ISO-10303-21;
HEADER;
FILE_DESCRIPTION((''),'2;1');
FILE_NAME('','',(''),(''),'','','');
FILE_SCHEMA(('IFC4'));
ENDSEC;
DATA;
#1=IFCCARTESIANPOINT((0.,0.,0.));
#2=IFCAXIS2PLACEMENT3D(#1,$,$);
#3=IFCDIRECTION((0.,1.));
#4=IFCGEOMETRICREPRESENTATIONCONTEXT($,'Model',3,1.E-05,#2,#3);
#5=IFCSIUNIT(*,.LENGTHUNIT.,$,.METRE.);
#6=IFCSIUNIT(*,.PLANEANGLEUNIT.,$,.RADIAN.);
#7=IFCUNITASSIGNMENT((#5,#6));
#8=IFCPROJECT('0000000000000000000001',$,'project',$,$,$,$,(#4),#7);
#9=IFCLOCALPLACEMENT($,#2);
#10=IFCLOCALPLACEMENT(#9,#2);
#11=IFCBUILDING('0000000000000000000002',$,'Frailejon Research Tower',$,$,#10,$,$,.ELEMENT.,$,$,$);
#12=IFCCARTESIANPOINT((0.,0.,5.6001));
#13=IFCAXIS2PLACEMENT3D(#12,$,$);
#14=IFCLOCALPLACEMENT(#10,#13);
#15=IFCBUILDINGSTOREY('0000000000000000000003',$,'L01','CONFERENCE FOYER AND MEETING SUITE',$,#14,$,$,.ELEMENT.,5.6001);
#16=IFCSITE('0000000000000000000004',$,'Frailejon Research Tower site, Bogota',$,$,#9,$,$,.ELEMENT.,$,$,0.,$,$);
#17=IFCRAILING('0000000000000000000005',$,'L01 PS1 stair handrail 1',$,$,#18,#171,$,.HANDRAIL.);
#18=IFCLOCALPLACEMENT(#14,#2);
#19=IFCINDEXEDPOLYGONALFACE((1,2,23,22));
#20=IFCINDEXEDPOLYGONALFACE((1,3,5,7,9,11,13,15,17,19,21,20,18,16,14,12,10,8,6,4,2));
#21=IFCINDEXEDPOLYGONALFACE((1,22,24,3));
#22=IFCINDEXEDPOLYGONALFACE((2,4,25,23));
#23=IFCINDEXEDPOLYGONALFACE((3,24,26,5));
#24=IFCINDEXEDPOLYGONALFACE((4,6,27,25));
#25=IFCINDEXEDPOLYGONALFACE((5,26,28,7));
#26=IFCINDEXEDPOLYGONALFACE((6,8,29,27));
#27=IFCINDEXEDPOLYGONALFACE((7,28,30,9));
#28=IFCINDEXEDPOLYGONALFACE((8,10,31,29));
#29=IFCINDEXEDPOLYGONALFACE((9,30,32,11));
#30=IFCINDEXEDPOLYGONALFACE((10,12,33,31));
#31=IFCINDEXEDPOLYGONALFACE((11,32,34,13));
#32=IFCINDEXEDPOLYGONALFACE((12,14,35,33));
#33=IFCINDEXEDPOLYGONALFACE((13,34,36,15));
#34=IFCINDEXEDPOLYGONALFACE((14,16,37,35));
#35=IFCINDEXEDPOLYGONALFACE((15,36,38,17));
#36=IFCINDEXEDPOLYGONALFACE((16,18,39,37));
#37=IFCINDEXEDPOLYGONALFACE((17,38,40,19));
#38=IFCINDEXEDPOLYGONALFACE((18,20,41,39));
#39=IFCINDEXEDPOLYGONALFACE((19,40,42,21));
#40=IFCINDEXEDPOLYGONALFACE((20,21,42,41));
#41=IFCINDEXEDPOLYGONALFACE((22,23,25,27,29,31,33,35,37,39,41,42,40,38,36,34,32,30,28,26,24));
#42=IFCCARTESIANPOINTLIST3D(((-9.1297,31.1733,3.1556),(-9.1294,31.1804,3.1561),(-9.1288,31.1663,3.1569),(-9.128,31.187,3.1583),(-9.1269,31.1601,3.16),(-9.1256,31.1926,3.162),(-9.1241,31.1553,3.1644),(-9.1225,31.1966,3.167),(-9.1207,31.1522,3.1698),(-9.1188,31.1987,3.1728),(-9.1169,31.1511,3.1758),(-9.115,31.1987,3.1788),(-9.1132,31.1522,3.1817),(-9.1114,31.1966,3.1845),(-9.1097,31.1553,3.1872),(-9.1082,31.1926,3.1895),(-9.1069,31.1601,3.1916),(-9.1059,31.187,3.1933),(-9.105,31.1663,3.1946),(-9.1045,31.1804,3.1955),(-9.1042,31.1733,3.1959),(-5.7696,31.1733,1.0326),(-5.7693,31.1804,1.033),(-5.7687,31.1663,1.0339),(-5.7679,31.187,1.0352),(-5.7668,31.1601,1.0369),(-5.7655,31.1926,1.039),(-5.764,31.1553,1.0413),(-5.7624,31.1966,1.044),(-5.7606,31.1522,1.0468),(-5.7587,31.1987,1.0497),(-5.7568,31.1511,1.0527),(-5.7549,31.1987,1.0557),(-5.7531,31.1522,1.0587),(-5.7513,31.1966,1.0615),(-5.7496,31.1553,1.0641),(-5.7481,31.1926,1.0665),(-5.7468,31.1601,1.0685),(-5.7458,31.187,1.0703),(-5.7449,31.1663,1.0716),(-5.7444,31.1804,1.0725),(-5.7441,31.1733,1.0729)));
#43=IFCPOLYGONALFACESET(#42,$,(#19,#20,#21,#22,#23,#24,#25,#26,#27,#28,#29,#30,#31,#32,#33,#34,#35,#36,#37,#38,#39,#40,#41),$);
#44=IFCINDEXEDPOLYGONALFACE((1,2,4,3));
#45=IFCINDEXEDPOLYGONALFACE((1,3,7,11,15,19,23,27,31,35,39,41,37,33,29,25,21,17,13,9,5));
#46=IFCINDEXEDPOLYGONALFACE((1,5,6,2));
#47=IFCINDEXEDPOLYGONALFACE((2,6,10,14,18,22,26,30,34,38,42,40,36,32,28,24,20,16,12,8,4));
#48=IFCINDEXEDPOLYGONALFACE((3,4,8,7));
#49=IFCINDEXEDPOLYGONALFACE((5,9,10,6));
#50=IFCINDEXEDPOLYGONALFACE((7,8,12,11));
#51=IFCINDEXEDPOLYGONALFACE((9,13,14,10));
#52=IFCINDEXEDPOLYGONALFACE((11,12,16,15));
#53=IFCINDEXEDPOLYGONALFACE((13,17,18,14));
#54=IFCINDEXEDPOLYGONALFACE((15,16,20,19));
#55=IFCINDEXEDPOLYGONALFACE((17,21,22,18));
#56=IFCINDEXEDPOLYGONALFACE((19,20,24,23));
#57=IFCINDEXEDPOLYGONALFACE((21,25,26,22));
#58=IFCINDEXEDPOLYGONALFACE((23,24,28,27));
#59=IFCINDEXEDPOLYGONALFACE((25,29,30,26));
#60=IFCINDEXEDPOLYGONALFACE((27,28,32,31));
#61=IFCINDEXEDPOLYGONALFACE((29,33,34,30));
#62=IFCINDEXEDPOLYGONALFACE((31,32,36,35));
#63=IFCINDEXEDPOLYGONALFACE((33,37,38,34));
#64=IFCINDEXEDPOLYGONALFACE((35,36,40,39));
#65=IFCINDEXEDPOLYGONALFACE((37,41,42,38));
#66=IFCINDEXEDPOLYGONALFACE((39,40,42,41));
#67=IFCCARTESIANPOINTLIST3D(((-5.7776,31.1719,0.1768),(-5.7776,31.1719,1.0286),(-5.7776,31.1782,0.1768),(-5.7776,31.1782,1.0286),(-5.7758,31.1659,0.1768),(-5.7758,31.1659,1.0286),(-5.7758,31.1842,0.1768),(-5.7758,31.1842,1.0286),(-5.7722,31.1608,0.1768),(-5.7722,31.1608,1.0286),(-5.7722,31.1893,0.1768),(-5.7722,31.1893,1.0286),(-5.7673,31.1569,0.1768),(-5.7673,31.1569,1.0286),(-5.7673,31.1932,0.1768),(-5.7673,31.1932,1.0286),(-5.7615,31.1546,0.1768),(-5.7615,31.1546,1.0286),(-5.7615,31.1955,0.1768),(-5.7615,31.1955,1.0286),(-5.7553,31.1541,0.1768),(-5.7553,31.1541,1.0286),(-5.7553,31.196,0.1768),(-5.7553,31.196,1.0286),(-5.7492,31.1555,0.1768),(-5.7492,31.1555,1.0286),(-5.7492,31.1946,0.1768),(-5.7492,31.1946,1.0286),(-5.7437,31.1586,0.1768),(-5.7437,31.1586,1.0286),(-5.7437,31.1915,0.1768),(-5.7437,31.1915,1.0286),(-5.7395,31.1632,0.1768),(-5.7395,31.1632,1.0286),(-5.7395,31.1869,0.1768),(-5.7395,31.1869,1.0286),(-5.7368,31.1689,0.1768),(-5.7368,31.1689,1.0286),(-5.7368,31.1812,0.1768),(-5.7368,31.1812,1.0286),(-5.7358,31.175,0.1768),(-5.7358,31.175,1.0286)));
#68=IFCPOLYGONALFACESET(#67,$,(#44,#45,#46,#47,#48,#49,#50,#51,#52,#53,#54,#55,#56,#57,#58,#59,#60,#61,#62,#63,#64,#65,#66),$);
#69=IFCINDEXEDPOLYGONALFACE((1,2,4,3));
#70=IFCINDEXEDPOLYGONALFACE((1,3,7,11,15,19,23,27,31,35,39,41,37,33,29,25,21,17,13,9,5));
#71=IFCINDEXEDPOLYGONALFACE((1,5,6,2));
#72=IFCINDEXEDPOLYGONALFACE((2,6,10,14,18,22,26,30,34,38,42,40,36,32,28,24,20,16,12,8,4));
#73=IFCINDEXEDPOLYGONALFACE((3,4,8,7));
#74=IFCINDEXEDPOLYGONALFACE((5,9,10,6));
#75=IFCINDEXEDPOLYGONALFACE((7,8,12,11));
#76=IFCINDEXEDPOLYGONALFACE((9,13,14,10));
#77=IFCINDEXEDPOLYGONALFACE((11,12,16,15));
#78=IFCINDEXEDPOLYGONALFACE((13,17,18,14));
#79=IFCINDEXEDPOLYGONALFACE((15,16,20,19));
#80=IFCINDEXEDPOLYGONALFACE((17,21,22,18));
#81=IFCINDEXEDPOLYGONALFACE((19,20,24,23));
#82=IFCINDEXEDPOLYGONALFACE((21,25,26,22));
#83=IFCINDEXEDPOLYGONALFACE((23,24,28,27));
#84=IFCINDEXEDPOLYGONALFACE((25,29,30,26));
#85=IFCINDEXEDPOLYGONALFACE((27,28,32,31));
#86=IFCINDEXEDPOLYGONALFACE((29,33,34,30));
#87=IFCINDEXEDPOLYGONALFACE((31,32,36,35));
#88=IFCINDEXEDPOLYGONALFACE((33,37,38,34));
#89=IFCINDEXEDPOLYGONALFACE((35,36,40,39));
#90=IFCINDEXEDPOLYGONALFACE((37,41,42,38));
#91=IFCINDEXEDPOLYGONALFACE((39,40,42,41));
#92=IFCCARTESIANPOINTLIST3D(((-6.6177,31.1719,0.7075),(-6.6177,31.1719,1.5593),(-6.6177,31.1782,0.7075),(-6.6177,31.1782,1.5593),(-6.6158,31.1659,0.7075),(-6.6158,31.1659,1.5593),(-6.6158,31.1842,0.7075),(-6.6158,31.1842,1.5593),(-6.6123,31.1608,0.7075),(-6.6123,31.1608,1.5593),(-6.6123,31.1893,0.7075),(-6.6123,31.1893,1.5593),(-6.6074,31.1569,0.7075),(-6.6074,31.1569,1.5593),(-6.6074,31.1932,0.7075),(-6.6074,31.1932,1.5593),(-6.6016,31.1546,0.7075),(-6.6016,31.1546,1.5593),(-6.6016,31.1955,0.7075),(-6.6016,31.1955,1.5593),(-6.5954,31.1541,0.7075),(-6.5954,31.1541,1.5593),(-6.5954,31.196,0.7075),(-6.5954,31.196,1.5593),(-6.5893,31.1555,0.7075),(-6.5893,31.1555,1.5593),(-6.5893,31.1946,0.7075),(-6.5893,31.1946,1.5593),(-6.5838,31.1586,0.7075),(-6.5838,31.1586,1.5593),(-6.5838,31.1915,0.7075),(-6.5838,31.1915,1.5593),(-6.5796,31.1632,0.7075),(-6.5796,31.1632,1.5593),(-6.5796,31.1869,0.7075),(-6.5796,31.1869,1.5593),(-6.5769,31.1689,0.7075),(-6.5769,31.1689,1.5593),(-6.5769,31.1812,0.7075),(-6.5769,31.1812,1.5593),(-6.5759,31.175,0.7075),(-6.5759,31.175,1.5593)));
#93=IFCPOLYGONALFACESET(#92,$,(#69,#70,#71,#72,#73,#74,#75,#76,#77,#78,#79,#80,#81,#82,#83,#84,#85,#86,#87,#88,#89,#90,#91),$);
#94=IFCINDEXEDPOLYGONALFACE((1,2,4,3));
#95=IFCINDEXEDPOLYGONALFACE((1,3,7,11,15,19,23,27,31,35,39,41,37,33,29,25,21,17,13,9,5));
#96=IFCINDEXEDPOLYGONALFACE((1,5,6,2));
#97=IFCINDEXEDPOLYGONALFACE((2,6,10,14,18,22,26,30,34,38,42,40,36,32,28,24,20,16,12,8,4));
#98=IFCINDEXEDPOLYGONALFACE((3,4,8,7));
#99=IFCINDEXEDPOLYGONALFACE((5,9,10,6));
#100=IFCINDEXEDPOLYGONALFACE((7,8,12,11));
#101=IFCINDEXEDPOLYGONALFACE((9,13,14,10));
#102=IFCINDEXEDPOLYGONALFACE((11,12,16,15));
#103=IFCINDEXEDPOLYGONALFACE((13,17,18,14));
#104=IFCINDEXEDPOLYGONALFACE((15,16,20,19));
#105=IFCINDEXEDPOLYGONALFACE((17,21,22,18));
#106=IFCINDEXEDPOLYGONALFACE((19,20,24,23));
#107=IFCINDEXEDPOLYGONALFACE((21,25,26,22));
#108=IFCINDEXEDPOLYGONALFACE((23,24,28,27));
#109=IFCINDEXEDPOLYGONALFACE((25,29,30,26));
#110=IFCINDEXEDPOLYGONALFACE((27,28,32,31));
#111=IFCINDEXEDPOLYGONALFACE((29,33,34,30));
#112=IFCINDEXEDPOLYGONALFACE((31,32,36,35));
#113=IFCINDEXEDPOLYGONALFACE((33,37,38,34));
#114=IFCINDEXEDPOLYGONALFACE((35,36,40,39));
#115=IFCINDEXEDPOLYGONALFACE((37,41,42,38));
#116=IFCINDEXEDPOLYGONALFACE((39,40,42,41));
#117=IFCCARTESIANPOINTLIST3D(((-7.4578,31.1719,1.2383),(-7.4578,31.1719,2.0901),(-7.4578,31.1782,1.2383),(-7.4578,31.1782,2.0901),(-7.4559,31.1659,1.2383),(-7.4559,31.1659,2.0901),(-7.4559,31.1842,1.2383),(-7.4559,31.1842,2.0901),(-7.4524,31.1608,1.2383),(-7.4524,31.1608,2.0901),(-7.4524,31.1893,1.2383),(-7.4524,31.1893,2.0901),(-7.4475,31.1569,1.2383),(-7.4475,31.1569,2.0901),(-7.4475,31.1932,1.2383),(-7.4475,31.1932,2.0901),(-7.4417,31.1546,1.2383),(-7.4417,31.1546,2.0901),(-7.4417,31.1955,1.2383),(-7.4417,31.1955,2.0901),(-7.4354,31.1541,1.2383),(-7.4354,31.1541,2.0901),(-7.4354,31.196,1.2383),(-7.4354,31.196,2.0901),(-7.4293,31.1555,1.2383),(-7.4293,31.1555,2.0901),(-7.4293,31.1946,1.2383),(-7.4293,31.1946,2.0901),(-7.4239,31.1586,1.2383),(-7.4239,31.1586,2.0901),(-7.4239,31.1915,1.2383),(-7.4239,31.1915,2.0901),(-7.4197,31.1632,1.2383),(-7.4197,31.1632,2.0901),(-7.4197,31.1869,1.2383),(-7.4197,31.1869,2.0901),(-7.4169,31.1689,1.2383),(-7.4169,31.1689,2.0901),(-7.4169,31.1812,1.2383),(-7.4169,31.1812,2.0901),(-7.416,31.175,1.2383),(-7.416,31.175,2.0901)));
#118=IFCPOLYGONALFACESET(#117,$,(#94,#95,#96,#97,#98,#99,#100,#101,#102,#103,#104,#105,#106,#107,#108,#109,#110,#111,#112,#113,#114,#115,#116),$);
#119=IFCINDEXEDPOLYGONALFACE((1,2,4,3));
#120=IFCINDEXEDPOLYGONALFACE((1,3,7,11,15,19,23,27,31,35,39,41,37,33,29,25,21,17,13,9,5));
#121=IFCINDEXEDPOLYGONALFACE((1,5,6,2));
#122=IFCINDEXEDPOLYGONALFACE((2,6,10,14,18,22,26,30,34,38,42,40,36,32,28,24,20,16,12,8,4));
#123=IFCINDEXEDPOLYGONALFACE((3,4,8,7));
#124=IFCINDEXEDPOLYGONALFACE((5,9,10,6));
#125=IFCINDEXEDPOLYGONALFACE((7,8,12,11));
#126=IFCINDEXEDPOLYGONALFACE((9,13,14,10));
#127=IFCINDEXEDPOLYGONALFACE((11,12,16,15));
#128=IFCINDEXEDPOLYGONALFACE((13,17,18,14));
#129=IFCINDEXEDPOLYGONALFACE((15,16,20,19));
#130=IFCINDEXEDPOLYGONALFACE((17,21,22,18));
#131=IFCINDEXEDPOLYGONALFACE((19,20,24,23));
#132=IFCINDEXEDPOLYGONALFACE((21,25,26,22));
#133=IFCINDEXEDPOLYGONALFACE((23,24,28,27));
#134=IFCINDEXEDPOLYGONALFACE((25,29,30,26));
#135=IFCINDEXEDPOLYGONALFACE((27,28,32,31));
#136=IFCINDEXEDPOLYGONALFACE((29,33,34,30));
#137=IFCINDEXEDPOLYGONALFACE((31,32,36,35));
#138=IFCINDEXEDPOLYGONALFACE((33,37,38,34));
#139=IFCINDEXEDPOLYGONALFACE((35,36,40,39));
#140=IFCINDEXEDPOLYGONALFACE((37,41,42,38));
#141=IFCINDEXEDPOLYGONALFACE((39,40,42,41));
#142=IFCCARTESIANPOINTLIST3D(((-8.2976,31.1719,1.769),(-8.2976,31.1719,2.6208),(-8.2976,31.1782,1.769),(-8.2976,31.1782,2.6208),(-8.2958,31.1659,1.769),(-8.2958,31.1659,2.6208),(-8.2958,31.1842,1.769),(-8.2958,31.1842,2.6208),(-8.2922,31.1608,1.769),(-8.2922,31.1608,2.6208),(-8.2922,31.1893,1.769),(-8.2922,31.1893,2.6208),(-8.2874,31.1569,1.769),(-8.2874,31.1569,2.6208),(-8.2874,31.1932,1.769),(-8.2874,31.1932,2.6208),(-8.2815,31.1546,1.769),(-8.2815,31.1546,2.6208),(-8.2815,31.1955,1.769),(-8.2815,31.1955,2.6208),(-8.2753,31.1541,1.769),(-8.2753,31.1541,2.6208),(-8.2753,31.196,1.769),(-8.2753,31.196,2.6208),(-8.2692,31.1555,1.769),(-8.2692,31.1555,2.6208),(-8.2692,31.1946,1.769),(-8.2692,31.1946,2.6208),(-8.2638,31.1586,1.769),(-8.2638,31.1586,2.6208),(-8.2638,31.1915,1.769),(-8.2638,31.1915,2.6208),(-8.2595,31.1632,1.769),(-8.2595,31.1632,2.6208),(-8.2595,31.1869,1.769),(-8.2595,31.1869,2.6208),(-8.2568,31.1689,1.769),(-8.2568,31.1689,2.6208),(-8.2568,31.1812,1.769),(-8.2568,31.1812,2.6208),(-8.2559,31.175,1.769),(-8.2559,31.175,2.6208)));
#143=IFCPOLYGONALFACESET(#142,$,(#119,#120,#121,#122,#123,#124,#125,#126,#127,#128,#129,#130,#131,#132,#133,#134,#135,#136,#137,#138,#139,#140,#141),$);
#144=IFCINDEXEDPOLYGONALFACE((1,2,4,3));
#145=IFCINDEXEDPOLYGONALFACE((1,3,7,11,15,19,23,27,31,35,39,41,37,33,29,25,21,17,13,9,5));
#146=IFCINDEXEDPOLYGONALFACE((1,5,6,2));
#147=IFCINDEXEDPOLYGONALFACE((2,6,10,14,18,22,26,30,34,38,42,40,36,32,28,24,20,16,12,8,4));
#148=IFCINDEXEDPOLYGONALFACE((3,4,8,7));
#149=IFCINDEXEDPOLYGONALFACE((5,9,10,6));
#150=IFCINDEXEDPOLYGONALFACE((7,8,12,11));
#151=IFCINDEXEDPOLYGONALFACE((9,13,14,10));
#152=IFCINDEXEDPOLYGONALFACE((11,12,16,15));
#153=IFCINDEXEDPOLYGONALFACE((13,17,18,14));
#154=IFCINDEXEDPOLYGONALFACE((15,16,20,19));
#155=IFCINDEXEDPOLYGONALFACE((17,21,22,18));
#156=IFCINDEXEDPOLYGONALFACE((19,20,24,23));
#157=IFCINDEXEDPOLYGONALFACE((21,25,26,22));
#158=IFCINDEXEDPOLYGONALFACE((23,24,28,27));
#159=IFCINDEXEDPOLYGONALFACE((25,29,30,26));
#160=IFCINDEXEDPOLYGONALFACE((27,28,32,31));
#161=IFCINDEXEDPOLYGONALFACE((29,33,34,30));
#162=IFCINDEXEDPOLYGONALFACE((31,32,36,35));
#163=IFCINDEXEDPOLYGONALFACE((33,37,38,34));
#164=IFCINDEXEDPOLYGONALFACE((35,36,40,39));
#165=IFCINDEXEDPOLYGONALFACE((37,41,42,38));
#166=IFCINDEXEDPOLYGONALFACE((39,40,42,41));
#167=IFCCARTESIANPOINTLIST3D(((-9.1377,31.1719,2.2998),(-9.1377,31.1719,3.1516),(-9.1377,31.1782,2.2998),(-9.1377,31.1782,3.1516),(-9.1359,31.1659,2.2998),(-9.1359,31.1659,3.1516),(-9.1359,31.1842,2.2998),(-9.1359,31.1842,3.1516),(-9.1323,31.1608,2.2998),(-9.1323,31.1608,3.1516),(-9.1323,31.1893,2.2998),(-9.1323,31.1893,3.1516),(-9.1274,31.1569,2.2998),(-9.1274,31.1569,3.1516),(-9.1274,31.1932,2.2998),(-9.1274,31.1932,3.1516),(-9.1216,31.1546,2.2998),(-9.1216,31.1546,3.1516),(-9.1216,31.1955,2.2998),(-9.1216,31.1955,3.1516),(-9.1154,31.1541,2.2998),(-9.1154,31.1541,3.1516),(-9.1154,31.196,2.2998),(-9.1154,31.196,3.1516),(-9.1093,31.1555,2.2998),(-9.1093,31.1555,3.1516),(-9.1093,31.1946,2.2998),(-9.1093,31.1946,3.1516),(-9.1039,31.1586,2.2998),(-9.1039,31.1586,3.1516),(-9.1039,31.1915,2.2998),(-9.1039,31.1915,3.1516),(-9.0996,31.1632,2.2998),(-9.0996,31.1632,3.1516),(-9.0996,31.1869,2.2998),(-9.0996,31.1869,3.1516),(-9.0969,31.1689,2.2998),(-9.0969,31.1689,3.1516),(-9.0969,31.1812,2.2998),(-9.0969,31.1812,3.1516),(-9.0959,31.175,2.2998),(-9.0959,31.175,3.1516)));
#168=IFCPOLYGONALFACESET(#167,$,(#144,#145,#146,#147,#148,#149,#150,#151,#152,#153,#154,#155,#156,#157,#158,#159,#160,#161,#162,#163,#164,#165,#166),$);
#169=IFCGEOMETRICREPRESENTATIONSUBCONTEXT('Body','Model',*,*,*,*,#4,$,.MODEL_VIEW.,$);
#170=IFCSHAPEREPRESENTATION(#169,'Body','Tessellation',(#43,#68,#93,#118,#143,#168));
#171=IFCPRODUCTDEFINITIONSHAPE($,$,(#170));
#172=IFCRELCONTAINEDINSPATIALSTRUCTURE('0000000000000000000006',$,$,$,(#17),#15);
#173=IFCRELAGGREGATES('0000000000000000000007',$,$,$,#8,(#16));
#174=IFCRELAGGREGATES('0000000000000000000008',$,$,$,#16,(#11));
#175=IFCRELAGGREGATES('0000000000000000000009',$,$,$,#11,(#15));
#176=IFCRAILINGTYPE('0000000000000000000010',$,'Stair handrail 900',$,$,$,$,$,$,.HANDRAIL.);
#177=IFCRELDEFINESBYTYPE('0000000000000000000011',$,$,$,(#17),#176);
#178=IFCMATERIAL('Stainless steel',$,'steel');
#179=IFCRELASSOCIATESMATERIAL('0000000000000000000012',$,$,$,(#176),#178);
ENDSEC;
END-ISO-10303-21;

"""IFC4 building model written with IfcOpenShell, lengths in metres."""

from ifc_helpers import new_model, si_unit, direction, frame, origin, origin_2d, place, context, subcontext, project, spatial, circle, extrude, material, type_object, element, save


model = new_model("IFC4")

# Units and contexts
model_context = context("Model", 3, precision=1e-05, world=origin(), true_north=direction((0.0, 1.0)))
body_context = subcontext(model_context, "Body", "Model", "MODEL_VIEW")
ifc_project = project(units=[si_unit("LENGTHUNIT", "METRE"), si_unit("PLANEANGLEUNIT", "RADIAN")], contexts=[model_context])

# Site, building, storey
site_placement = place(None, origin())
site = spatial("IfcSite", under=ifc_project, at=site_placement, Name="Frailejon Research Tower site, Bogota", CompositionType="ELEMENT", RefElevation=0.0)
building_placement = place(site_placement, origin())
building = spatial("IfcBuilding", under=site, at=building_placement, Name="Frailejon Research Tower", CompositionType="ELEMENT")
storey_placement = place(building_placement, frame((0.0, 0.0, 5.6001)))
storey = spatial("IfcBuildingStorey", under=building, at=storey_placement, Name="L01", Description="CONFERENCE FOYER AND MEETING SUITE", CompositionType="ELEMENT", Elevation=5.6001)

# Railing
ifc_material_1 = material(Name="Stainless steel", Category="steel")
railing_type_1 = type_object("IfcRailingType", Name="Stair handrail 900", PredefinedType="HANDRAIL", material=ifc_material_1)
railing_1_placement = place(storey_placement, frame((-5.7568, 31.175, 0.1768)))
element("IfcRailing", 1, at=railing_1_placement, inside=storey, type_object=railing_type_1, Name="L01 PS1 stair handrail 1", PredefinedType="HANDRAIL", context=body_context, shape_type="SweptSolid", body=[
    extrude(circle(Radius=0.0239, at=origin_2d()), frame((0.0, 0.0, 0.876), z_axis=(-0.84539, 0.0, 0.53415), x_axis=(0.0, -1.0, 0.0)), (0.0, 0.0, 1.0), 3.9746),
    extrude(circle(Radius=0.021, at=origin_2d()), origin(), (0.0, 0.0, 1.0), 0.8518),
    extrude(circle(Radius=0.021, at=origin_2d()), frame((-0.8401, 0.0, 0.5308)), (0.0, 0.0, 1.0), 0.8518),
    extrude(circle(Radius=0.021, at=origin_2d()), frame((-1.6802, 0.0, 1.0615)), (0.0, 0.0, 1.0), 0.8518),
    extrude(circle(Radius=0.021, at=origin_2d()), frame((-2.52, 0.0, 1.5923)), (0.0, 0.0, 1.0), 0.8518),
    extrude(circle(Radius=0.021, at=origin_2d()), frame((-3.3601, 0.0, 2.123)), (0.0, 0.0, 1.0), 0.8518),
])

save(model, "model.ifc")
